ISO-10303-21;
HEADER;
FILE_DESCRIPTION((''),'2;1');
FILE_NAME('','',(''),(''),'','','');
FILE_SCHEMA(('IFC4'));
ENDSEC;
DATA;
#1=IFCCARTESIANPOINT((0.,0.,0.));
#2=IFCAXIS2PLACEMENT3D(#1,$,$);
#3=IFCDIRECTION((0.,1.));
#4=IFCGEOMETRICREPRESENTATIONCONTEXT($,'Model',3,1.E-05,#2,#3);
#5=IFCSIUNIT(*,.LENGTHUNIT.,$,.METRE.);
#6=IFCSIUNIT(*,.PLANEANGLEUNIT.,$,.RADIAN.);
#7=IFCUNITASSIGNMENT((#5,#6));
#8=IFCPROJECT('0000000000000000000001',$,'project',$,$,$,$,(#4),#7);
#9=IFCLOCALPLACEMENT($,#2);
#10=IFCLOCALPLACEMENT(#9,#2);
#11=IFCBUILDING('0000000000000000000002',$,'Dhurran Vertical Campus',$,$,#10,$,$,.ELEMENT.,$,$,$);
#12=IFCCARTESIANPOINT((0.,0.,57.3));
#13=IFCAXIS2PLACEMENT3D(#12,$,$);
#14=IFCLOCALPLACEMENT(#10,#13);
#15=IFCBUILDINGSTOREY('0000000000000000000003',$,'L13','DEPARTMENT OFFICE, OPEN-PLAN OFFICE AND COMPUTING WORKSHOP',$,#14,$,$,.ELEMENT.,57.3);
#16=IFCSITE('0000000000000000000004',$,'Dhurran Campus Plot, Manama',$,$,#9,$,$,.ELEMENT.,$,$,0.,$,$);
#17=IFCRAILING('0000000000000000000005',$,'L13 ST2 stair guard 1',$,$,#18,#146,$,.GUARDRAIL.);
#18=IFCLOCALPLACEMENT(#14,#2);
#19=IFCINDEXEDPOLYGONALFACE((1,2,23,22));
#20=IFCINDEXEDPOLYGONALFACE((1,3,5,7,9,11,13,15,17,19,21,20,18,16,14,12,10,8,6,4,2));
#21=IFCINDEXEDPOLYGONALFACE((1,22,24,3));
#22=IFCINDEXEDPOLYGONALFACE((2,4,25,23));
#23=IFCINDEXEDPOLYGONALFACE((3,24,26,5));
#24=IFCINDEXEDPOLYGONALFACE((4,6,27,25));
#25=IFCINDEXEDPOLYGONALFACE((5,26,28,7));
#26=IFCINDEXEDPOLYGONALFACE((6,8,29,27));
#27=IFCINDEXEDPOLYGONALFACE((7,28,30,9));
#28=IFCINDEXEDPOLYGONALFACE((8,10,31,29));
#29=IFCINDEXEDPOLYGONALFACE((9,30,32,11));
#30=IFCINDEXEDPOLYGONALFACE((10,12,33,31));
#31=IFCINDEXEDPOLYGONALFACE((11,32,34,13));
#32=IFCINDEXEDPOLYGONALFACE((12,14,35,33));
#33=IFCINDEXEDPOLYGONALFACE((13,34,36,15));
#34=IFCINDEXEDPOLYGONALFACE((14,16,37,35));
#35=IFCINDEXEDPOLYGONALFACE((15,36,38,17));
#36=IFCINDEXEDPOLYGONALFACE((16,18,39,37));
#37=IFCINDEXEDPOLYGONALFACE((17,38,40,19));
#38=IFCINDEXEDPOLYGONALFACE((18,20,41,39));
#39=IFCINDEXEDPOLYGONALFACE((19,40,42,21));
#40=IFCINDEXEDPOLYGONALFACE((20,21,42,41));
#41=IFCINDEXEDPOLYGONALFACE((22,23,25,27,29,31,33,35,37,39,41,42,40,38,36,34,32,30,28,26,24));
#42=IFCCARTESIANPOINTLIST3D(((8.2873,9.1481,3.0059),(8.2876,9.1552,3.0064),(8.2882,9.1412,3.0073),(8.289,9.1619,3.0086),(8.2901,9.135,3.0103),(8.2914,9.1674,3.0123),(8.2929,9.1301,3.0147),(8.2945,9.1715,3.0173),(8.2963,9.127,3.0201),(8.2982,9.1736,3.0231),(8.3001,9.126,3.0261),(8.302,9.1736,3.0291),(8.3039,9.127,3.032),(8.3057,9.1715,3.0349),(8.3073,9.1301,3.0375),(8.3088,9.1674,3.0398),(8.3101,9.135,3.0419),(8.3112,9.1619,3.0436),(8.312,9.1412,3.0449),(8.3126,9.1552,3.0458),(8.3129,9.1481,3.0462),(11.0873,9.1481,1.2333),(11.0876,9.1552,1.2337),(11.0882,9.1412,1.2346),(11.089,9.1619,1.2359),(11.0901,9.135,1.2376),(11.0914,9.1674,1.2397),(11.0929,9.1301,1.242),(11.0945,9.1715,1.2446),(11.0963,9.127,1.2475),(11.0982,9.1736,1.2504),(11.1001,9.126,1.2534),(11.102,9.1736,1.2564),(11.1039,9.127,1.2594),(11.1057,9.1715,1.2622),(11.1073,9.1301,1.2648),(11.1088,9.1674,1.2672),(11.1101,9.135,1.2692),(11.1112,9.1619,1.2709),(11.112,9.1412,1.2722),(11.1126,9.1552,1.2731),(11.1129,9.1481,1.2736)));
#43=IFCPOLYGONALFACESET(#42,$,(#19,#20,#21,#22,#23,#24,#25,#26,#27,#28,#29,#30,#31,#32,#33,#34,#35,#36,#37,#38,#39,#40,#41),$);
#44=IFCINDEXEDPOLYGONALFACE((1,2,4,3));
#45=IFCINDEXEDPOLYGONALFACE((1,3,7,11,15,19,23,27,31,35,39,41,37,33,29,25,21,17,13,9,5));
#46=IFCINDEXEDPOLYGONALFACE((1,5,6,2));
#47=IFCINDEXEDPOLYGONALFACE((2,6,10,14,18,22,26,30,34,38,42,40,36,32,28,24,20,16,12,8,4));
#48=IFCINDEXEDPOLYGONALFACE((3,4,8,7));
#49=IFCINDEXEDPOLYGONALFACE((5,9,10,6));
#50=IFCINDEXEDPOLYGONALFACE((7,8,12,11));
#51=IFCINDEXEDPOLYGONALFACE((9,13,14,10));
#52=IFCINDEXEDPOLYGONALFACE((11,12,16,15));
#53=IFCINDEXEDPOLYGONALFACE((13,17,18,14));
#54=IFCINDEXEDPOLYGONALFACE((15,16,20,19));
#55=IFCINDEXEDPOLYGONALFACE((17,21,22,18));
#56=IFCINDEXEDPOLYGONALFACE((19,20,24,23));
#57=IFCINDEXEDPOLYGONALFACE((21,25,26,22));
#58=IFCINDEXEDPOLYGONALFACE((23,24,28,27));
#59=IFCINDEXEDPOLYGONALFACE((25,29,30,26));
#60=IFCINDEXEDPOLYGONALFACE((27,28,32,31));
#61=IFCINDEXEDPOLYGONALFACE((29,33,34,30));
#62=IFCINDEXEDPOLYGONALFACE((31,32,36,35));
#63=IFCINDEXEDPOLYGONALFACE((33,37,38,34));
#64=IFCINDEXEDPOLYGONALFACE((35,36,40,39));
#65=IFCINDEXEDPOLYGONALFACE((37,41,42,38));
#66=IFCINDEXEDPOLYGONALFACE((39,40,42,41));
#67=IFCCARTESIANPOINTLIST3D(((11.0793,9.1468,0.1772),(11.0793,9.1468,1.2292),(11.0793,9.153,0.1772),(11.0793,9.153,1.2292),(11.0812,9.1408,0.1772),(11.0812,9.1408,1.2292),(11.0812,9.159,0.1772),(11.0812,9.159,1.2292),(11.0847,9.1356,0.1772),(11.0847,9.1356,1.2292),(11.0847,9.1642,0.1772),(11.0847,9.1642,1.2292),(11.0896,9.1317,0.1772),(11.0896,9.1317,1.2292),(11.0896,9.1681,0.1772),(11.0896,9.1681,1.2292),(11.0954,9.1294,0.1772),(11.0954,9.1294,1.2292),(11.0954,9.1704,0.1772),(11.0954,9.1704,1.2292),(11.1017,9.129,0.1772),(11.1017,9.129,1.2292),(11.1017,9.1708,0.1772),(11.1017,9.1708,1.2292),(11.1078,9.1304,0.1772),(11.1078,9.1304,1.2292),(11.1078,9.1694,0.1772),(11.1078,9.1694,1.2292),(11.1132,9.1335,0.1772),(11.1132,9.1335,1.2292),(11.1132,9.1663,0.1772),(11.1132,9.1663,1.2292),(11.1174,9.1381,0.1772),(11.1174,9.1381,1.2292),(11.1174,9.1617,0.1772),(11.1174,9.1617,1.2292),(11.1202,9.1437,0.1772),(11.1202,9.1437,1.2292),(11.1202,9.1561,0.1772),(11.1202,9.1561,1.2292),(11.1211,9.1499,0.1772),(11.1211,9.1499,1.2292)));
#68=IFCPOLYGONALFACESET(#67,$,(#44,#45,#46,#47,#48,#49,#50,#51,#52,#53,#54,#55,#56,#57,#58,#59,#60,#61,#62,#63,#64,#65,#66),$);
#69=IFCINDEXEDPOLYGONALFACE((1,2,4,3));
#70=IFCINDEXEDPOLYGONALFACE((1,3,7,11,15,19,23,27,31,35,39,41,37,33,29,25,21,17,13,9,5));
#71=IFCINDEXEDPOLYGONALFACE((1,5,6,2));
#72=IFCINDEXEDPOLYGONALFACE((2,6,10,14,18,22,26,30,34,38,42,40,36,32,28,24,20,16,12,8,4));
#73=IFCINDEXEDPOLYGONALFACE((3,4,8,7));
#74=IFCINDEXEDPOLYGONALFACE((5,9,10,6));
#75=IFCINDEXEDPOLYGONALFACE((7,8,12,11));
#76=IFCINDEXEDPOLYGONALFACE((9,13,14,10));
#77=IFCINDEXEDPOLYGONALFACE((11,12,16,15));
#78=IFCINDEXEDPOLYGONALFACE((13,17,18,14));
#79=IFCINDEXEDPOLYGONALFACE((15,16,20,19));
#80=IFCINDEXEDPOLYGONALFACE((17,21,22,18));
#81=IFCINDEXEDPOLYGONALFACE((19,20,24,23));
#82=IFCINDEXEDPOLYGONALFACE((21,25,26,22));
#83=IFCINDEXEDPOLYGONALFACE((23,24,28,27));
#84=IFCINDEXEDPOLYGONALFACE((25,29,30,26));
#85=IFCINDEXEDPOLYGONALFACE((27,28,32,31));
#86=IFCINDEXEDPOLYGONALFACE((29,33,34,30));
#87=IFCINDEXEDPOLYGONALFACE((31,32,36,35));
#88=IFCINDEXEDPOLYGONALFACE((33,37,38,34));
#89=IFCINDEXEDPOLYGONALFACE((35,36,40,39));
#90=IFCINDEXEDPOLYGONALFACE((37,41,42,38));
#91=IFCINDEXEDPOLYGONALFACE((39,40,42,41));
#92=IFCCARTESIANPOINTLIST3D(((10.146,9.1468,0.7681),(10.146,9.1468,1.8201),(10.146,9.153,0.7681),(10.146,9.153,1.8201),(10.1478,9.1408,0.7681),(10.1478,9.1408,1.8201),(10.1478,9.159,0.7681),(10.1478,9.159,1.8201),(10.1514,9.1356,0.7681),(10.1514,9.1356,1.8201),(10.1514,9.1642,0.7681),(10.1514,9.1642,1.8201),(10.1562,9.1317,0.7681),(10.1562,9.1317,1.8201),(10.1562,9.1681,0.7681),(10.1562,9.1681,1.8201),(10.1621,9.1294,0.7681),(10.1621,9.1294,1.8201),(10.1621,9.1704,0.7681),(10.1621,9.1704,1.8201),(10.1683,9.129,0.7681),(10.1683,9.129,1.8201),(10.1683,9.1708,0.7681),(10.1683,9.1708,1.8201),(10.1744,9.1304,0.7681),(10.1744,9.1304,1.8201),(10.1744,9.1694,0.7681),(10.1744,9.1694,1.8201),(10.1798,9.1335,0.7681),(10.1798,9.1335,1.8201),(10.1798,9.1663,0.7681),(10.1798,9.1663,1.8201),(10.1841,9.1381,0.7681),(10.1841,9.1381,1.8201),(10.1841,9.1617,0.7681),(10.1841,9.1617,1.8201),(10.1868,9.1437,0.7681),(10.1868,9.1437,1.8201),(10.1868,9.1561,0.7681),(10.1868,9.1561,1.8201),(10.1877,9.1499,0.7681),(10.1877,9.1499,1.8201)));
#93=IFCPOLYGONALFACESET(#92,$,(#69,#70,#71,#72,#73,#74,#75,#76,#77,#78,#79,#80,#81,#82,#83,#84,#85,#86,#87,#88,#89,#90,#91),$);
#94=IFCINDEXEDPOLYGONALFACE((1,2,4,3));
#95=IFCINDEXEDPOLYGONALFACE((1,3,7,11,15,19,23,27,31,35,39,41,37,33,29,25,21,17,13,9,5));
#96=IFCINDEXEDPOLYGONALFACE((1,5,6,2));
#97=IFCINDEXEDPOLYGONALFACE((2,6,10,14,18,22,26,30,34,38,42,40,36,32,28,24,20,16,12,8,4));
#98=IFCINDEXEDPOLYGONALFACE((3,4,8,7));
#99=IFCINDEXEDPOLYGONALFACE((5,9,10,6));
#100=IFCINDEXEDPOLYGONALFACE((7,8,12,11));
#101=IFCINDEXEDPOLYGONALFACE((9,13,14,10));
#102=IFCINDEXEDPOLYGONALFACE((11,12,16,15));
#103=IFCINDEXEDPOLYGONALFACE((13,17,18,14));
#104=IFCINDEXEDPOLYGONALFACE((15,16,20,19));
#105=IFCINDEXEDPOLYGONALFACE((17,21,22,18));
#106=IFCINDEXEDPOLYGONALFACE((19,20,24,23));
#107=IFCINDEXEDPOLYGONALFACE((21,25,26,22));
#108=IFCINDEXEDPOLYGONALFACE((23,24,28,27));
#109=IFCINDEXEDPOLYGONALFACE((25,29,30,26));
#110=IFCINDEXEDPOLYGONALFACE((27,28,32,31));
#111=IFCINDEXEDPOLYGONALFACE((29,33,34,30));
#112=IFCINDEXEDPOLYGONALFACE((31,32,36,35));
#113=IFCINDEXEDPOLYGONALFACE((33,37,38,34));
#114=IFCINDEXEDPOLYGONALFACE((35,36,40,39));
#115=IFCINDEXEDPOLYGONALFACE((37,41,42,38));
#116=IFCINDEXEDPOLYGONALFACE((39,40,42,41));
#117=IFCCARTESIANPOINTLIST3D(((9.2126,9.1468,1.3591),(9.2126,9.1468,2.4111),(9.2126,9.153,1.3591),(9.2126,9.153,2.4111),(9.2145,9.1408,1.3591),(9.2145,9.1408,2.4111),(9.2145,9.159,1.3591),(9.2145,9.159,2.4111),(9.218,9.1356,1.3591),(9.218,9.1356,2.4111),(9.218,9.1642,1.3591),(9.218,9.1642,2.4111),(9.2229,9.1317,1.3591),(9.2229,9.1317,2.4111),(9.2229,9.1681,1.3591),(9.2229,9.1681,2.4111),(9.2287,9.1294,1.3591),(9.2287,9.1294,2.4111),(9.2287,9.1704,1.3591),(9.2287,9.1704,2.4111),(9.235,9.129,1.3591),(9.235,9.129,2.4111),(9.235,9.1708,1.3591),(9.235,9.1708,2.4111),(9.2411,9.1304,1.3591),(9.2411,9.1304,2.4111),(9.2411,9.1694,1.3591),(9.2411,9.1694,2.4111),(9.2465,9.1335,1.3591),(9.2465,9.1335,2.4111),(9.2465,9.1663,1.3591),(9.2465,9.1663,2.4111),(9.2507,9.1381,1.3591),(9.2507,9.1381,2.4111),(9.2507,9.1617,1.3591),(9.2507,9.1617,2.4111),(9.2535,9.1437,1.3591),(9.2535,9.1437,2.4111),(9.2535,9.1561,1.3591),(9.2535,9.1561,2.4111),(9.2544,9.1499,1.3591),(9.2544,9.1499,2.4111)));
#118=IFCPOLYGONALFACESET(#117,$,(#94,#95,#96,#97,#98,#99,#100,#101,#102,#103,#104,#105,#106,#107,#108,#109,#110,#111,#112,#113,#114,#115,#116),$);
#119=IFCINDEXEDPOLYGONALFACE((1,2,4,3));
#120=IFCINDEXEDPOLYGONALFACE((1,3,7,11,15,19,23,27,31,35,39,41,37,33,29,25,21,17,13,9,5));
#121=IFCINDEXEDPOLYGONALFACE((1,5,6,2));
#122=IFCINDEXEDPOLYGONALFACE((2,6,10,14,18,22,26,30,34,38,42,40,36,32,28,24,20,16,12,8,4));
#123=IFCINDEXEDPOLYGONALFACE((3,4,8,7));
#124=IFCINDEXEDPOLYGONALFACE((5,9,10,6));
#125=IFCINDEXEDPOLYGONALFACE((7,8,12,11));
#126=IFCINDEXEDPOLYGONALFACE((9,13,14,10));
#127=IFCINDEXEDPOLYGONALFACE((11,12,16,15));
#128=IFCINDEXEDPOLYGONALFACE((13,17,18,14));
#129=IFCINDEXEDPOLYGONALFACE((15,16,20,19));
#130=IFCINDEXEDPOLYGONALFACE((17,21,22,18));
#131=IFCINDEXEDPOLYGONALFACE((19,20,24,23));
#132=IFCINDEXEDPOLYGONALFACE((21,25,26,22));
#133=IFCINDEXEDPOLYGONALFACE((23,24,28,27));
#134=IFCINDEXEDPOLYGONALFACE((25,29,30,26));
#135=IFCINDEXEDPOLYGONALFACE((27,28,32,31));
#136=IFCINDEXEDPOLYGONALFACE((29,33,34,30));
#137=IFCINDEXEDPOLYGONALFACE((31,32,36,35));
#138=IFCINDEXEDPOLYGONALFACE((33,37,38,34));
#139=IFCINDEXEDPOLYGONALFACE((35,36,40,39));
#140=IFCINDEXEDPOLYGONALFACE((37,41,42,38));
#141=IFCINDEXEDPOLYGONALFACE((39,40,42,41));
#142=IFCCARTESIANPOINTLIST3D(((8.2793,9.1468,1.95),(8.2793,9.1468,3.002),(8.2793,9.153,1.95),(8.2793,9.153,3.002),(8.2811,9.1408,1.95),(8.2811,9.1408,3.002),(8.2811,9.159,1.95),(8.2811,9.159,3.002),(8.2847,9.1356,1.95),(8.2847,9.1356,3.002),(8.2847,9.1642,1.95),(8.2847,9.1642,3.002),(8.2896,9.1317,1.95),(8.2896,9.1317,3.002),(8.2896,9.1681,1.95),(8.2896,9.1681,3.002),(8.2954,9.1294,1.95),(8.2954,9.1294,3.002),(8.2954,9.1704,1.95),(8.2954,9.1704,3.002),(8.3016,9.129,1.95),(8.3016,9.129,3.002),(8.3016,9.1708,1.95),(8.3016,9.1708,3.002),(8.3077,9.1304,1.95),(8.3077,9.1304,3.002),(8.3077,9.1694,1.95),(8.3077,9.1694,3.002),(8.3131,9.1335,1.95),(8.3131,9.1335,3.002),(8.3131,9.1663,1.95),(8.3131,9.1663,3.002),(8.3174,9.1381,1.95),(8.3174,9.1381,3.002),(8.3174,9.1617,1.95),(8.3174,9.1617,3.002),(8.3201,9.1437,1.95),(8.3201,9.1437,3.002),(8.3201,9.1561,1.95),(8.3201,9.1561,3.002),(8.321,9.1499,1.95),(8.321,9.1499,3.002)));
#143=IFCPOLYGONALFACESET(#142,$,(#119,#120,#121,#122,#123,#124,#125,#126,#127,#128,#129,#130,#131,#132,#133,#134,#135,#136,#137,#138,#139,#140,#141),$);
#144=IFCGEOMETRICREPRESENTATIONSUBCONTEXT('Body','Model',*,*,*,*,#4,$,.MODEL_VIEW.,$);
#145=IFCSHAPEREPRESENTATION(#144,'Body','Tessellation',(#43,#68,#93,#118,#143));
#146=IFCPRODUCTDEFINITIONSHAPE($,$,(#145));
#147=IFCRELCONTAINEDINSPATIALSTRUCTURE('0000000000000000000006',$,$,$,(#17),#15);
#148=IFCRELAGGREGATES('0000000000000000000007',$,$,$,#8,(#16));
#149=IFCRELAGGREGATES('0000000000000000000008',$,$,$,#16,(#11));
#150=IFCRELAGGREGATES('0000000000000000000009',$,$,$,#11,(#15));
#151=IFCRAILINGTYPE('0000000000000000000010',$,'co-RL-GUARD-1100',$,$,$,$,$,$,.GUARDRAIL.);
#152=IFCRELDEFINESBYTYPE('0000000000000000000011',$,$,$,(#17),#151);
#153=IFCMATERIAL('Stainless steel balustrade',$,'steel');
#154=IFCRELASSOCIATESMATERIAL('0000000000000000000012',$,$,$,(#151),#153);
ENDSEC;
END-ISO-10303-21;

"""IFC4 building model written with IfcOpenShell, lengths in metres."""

from ifc_helpers import new_model, si_unit, direction, frame, origin, origin_2d, place, context, subcontext, project, spatial, circle, extrude, material, type_object, element, save


model = new_model("IFC4")

# Units and contexts
model_context = context("Model", 3, precision=1e-05, world=origin(), true_north=direction((0.0, 1.0)))
body_context = subcontext(model_context, "Body", "Model", "MODEL_VIEW")
ifc_project = project(units=[si_unit("LENGTHUNIT", "METRE"), si_unit("PLANEANGLEUNIT", "RADIAN")], contexts=[model_context])

# Site, building, storey
site_placement = place(None, origin())
site = spatial("IfcSite", under=ifc_project, at=site_placement, Name="Dhurran Campus Plot, Manama", CompositionType="ELEMENT", RefElevation=0.0)
building_placement = place(site_placement, origin())
building = spatial("IfcBuilding", under=site, at=building_placement, Name="Dhurran Vertical Campus", CompositionType="ELEMENT")
storey_placement = place(building_placement, frame((0.0, 0.0, 57.3)))
storey = spatial("IfcBuildingStorey", under=building, at=storey_placement, Name="L13", Description="DEPARTMENT OFFICE, OPEN-PLAN OFFICE AND COMPUTING WORKSHOP", CompositionType="ELEMENT", Elevation=57.3)

# Railing
ifc_material_1 = material(Name="Stainless steel balustrade", Category="steel")
railing_type_1 = type_object("IfcRailingType", Name="co-RL-GUARD-1100", PredefinedType="GUARDRAIL", material=ifc_material_1)
railing_1_placement = place(storey_placement, frame((11.1001, 9.1499, 0.1772)))
element("IfcRailing", 1, at=railing_1_placement, inside=storey, type_object=railing_type_1, Name="L13 ST2 stair guard 1", PredefinedType="GUARDRAIL", context=body_context, shape_type="SweptSolid", body=[
    extrude(circle(Radius=0.0239, at=origin_2d()), frame((0.0, 0.0, 1.0762), z_axis=(-0.844909, 0.0, 0.53491), x_axis=(0.0, -1.0, 0.0)), (0.0, 0.0, 1.0), 3.314),
    extrude(circle(Radius=0.021, at=origin_2d()), origin(), (0.0, 0.0, 1.0), 1.052),
    extrude(circle(Radius=0.021, at=origin_2d()), frame((-0.9333, 0.0, 0.5908)), (0.0, 0.0, 1.0), 1.052),
    extrude(circle(Radius=0.021, at=origin_2d()), frame((-1.8667, 0.0, 1.1819)), (0.0, 0.0, 1.0), 1.052),
    extrude(circle(Radius=0.021, at=origin_2d()), frame((-2.8, 0.0, 1.7727)), (0.0, 0.0, 1.0), 1.052),
])

save(model, "model.ifc")
